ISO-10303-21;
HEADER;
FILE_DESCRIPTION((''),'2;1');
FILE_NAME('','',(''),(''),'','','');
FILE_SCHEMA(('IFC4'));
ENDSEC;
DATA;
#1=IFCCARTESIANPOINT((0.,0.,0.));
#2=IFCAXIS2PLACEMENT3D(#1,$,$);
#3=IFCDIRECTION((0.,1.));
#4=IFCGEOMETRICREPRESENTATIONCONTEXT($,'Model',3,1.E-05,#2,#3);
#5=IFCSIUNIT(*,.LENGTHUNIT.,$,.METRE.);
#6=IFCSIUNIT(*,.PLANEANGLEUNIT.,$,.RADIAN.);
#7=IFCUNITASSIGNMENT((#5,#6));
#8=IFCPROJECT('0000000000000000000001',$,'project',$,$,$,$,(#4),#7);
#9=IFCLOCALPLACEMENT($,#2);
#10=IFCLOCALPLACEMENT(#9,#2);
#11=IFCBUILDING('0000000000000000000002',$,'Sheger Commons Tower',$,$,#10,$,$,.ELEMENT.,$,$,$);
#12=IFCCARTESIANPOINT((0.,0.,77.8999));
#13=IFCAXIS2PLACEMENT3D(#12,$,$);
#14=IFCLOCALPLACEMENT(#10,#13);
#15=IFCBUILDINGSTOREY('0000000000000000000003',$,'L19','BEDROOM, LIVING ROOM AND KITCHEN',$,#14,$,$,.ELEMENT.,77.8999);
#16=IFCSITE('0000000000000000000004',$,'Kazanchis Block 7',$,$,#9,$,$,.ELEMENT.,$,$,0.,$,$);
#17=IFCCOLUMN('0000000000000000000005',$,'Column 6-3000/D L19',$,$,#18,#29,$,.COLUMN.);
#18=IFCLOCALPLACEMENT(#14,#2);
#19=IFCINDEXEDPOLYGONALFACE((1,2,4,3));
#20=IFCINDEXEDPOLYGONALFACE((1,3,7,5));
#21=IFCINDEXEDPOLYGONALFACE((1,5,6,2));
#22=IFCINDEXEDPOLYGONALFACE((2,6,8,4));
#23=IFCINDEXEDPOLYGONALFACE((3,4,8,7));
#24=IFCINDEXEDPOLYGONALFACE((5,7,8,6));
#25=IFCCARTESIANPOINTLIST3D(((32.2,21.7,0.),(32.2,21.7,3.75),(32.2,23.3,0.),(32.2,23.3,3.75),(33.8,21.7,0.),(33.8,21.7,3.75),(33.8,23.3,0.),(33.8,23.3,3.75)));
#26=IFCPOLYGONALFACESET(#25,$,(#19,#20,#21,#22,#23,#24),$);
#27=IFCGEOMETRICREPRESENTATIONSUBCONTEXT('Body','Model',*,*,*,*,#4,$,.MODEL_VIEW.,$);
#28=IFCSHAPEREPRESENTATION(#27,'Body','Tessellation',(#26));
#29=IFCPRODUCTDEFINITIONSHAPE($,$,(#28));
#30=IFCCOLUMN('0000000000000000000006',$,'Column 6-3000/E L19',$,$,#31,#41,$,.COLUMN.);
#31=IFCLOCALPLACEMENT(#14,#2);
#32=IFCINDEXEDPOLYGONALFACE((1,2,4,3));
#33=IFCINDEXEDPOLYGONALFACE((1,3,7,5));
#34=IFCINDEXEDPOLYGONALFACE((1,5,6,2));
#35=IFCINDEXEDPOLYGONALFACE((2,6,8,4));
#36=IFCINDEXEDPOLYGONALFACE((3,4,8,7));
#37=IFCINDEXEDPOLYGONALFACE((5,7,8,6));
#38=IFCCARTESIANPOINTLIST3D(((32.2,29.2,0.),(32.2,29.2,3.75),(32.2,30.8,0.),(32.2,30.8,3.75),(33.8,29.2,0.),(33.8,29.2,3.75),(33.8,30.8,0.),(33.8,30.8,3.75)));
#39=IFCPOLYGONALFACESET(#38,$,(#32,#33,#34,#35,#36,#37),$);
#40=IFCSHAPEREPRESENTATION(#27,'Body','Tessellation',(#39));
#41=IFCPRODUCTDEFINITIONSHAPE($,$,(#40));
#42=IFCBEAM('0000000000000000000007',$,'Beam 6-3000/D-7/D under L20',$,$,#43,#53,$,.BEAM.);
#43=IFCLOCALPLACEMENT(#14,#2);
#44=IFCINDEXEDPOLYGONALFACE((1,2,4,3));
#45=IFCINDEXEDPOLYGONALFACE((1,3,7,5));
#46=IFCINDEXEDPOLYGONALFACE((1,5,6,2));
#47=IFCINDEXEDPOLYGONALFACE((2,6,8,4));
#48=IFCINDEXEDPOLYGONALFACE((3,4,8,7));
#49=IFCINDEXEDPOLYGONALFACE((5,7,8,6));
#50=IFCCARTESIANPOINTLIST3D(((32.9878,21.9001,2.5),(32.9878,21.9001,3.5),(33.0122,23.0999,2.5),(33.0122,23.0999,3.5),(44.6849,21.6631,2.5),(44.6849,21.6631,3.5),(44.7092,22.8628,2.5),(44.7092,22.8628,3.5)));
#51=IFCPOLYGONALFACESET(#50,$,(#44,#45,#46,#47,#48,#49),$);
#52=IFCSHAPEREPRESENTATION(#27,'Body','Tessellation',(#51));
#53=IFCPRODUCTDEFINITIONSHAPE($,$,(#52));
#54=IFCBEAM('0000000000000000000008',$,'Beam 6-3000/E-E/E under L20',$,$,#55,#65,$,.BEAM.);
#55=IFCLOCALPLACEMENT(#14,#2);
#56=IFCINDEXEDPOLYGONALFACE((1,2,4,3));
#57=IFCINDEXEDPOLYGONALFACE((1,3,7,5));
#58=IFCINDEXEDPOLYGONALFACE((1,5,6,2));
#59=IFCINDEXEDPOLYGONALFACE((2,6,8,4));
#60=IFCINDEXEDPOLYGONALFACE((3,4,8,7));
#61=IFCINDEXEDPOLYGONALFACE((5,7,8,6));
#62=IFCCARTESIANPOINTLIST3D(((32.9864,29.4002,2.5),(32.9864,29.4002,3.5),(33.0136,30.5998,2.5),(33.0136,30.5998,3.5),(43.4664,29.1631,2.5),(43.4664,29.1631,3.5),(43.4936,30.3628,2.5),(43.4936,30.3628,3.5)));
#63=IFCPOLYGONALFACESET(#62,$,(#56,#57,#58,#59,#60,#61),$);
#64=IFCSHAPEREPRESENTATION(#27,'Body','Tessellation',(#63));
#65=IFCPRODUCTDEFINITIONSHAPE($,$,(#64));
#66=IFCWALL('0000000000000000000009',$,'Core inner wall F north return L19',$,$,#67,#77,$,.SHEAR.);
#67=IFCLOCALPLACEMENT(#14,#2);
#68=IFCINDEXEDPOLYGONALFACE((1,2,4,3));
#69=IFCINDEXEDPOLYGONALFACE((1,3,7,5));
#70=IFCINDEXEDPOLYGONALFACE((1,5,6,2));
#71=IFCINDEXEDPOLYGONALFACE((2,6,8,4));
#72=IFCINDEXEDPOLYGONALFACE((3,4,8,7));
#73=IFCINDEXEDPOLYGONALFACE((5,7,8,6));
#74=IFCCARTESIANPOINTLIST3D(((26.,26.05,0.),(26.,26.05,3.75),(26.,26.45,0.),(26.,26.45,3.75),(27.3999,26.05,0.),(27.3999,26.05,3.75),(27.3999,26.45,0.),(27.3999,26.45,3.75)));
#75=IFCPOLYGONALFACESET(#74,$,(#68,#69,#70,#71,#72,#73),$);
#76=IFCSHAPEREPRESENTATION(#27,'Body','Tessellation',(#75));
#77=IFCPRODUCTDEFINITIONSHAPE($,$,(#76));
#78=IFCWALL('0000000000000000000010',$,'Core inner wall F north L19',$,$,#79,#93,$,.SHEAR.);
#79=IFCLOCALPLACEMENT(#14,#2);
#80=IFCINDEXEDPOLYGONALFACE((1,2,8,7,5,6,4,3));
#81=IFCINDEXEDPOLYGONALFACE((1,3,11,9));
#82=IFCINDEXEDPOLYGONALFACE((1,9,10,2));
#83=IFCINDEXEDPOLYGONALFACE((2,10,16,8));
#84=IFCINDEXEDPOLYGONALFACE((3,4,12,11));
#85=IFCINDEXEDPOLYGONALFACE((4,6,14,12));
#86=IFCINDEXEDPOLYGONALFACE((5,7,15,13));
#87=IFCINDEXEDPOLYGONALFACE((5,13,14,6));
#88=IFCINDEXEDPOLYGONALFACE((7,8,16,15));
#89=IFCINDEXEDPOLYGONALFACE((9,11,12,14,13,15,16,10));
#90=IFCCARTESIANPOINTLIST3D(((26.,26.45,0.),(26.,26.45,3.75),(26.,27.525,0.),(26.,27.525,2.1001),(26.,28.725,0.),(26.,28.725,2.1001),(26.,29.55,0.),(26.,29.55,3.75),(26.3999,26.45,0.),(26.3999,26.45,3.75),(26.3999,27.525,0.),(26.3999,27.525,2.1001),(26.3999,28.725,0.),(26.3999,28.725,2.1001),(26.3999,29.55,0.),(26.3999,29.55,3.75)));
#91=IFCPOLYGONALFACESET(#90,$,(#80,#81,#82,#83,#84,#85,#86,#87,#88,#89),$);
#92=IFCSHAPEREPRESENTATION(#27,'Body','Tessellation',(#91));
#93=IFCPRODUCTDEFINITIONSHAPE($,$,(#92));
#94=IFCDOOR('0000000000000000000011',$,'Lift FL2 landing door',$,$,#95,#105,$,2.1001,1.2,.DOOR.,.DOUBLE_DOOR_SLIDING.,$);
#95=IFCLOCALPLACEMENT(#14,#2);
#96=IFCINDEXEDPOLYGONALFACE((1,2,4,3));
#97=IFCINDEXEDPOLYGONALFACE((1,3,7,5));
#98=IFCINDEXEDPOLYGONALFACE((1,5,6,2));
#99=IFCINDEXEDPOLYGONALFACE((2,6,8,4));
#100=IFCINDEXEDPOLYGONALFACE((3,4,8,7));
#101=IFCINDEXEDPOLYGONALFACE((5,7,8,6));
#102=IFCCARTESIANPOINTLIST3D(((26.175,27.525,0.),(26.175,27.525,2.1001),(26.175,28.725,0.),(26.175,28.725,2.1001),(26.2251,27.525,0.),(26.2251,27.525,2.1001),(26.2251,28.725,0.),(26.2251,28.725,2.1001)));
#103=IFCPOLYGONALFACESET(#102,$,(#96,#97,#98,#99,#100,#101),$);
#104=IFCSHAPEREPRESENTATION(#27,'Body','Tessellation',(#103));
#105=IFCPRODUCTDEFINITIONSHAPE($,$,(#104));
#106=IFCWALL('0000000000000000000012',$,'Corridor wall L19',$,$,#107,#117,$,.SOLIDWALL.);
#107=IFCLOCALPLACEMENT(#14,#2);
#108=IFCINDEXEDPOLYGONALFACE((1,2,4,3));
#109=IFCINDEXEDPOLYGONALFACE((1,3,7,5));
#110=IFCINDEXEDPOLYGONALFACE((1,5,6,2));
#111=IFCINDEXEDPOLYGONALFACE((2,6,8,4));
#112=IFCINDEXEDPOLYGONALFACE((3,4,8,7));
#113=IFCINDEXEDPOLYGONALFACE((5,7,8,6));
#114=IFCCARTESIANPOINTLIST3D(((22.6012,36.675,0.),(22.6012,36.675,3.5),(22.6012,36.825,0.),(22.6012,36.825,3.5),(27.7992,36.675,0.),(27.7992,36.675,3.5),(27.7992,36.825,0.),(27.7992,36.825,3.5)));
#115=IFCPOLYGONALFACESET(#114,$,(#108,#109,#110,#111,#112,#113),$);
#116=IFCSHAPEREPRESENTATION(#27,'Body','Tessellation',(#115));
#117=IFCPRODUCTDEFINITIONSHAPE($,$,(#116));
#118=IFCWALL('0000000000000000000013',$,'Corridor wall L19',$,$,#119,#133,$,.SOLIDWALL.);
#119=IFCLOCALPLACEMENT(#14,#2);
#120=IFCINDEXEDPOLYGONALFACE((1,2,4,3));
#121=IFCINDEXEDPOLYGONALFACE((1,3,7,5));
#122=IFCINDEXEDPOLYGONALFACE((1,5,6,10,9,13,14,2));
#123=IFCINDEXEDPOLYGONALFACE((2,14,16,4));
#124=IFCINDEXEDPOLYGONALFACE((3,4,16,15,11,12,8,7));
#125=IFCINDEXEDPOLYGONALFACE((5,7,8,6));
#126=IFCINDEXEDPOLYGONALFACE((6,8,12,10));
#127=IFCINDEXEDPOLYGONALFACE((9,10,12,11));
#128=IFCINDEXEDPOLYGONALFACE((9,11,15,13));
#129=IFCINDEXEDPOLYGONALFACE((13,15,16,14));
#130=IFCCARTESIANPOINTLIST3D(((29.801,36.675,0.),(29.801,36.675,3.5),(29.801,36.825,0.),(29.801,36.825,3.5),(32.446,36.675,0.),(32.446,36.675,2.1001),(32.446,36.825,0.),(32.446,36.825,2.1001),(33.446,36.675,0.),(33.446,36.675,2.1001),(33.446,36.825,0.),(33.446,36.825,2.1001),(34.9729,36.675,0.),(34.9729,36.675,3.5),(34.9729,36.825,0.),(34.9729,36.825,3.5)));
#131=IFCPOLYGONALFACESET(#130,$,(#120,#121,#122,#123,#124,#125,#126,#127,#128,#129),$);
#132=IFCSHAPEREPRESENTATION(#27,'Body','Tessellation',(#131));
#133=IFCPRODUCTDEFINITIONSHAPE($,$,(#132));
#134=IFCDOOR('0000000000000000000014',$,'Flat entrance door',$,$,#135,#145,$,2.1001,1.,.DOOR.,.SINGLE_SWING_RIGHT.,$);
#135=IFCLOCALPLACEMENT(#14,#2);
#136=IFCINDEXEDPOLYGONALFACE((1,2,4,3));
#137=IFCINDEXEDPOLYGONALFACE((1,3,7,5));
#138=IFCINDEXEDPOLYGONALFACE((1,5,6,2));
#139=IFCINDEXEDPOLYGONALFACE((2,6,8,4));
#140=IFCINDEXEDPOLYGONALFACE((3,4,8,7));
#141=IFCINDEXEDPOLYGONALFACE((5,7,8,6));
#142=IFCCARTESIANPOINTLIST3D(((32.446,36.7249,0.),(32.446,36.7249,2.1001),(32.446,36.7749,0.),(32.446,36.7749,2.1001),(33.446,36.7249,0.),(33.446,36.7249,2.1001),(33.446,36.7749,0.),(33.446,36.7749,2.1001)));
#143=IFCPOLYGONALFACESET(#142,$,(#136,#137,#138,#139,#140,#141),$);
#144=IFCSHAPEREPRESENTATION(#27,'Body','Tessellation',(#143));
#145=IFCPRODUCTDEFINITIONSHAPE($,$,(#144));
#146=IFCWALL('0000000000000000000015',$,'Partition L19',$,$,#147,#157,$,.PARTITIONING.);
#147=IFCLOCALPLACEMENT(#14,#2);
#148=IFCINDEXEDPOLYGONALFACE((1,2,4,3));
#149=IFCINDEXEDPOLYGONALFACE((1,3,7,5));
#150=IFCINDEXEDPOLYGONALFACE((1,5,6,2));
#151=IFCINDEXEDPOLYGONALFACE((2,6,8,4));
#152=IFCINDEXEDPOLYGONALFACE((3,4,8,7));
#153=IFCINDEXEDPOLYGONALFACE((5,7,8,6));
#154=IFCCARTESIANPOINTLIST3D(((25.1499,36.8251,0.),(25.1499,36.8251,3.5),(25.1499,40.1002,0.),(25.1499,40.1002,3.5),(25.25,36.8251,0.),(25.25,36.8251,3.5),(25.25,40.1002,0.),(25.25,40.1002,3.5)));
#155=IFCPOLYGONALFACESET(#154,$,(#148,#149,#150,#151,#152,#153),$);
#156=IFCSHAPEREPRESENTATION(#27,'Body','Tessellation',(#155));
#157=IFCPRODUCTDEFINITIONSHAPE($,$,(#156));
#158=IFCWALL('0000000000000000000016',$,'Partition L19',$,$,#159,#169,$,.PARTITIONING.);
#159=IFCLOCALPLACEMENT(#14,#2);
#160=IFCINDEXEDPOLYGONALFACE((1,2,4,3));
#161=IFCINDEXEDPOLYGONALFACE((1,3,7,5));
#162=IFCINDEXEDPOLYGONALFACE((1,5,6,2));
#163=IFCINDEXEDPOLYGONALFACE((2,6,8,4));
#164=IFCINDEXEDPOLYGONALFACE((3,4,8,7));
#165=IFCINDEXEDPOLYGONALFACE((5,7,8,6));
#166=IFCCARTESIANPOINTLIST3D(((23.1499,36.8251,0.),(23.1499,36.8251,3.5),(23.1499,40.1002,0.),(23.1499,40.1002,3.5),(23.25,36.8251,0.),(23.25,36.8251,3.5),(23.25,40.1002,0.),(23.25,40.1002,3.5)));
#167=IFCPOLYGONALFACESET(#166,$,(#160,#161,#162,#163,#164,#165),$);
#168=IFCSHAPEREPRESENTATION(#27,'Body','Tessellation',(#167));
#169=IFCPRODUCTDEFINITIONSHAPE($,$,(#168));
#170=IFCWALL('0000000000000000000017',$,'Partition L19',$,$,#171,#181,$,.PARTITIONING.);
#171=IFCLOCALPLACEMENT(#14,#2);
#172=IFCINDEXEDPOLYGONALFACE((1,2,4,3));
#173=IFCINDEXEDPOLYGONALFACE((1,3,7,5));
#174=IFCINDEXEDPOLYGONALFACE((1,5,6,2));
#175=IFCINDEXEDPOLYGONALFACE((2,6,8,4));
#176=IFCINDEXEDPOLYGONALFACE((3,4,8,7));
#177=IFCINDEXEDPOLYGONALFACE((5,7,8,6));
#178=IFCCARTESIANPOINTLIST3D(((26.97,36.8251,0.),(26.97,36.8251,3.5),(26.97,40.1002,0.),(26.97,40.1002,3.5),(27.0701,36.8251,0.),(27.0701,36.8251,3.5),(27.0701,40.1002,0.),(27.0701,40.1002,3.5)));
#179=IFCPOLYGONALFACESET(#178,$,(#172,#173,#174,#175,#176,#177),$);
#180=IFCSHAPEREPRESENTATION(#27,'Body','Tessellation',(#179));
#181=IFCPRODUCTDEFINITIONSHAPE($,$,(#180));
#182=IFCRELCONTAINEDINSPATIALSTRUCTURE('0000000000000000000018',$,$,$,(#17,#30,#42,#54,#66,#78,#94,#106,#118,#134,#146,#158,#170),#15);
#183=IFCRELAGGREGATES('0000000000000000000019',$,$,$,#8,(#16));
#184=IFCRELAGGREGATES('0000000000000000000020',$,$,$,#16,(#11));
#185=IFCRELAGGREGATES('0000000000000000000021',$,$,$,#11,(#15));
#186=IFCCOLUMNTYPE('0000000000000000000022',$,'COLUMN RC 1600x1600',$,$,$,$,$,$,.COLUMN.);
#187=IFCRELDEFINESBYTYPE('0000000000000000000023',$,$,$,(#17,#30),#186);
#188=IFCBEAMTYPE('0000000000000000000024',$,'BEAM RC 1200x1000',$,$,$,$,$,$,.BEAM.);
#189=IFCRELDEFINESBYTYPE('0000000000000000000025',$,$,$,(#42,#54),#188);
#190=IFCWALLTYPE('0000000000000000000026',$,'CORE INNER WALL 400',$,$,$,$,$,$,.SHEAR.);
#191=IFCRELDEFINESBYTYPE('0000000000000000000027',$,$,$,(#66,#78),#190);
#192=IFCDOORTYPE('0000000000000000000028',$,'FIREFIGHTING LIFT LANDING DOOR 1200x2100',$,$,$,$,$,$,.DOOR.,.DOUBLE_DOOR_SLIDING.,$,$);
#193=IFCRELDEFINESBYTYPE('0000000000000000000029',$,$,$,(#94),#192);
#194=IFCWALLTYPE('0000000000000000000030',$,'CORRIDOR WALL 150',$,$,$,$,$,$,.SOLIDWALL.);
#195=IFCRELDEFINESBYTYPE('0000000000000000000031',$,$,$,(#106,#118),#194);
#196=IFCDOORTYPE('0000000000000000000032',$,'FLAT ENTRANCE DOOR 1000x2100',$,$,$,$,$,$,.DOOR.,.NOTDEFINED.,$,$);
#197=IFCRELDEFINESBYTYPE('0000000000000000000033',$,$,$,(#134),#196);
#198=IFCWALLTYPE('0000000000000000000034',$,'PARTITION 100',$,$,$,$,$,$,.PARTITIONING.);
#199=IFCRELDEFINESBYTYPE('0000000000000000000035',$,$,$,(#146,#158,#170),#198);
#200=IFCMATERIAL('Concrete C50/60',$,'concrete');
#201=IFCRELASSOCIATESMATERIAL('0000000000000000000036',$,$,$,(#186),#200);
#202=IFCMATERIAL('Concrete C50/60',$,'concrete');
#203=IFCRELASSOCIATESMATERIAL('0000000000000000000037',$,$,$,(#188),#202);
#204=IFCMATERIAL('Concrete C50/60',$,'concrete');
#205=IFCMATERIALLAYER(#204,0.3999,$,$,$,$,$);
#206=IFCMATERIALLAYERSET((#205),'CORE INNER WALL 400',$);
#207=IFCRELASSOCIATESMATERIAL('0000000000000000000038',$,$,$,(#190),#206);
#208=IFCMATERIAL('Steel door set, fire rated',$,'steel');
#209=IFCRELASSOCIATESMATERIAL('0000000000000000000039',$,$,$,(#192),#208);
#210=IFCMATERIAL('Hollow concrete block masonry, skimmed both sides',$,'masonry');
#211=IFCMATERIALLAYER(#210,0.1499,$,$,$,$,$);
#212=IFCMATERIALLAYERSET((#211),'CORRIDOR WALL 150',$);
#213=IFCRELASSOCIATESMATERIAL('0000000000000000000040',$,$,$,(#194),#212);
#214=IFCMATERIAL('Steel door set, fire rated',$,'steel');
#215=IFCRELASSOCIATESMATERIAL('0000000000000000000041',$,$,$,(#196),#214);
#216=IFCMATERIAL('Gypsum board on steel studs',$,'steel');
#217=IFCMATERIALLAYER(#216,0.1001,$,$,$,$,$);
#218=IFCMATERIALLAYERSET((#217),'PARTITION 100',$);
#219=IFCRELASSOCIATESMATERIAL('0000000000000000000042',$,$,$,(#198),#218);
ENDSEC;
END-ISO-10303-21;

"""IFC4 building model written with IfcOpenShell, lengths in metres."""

from ifc_helpers import new_model, si_unit, direction, frame, frame_2d, origin, origin_2d, place, context, subcontext, project, spatial, rectangle, extrude, material, layer, layer_set, material_profile, profile_set, type_object, element, fill, save


model = new_model("IFC4")

# Units and contexts
model_context = context("Model", 3, precision=1e-05, world=origin(), true_north=direction((0.0, 1.0)))
body_context = subcontext(model_context, "Body", "Model", "MODEL_VIEW")
ifc_project = project(units=[si_unit("LENGTHUNIT", "METRE"), si_unit("PLANEANGLEUNIT", "RADIAN")], contexts=[model_context])

# Site, building, storey
site_placement = place(None, origin())
site = spatial("IfcSite", under=ifc_project, at=site_placement, Name="Kazanchis Block 7", CompositionType="ELEMENT", RefElevation=0.0)
building_placement = place(site_placement, origin())
building = spatial("IfcBuilding", under=site, at=building_placement, Name="Sheger Commons Tower", CompositionType="ELEMENT")
storey_placement = place(building_placement, frame((0.0, 0.0, 77.8999)))
storey = spatial("IfcBuildingStorey", under=building, at=storey_placement, Name="L19", Description="BEDROOM, LIVING ROOM AND KITCHEN", CompositionType="ELEMENT", Elevation=77.8999)

# Columns
ifc_material_1 = material(Name="Concrete C50/60", Category="concrete")
ifc_material_profile_1 = material_profile(ifc_material_1, rectangle(XDim=1.6001, YDim=1.6001, at=origin_2d()), Name="RC 1600x1600")
ifc_profile_set_1 = profile_set([ifc_material_profile_1], Name="Concrete C50/60")
column_type = type_object("IfcColumnType", Name="COLUMN RC 1600x1600", PredefinedType="COLUMN", material=ifc_profile_set_1)
for number, where, z_axis, x_axis, name in (
    (1, (33.0, 22.5, 0.0), (0.0, 0.0, 1.0), (1.0, 0.0, 0.0), "Column 6-3000/D L19"),
    (2, (33.0, 30.0, 0.0), (0.0, 0.0, 1.0), (1.0, 0.0, 0.0), "Column 6-3000/E L19"),
):
    element("IfcColumn", number, at=place(storey_placement, frame(where, z_axis=z_axis, x_axis=x_axis)), inside=storey, type_object=column_type, Name=name, PredefinedType="COLUMN", context=body_context, shape_type="SweptSolid", body=[
        extrude(rectangle(XDim=1.6001, YDim=1.6001, at=origin_2d()), origin(), (0.0, 0.0, 1.0), 3.75),
    ])

# Beams
ifc_material_2 = material(Name="Concrete C50/60", Category="concrete")
ifc_material_profile_2 = material_profile(ifc_material_2, rectangle(XDim=1.2, YDim=1.0, at=origin_2d()), Name="RC 1200x1000")
ifc_profile_set_2 = profile_set([ifc_material_profile_2], Name="Concrete C50/60")
beam_type = type_object("IfcBeamType", Name="BEAM RC 1200x1000", PredefinedType="BEAM", material=ifc_profile_set_2)
beam_1_placement = place(storey_placement, frame((33.0, 22.5, 3.0), z_axis=(0.999795, -0.020263, 0.0), x_axis=(0.020263, 0.999795, 0.0)))
element("IfcBeam", 3, at=beam_1_placement, inside=storey, type_object=beam_type, Name="Beam 6-3000/D-7/D under L20", PredefinedType="BEAM", context=body_context, shape_type="SweptSolid", body=[
    extrude(rectangle(XDim=1.2, YDim=1.0, at=origin_2d()), origin(), (0.0, 0.0, 1.0), 11.6995),
])
beam_2_placement = place(storey_placement, frame((33.0, 30.0, 3.0), z_axis=(0.999744, -0.022615, 0.0), x_axis=(0.022615, 0.999744, 0.0)))
element("IfcBeam", 4, at=beam_2_placement, inside=storey, type_object=beam_type, Name="Beam 6-3000/E-E/E under L20", PredefinedType="BEAM", context=body_context, shape_type="SweptSolid", body=[
    extrude(rectangle(XDim=1.2, YDim=1.0, at=origin_2d()), origin(), (0.0, 0.0, 1.0), 10.4827),
])

# Wall
ifc_material_3 = material(Name="Concrete C50/60", Category="concrete")
ifc_layer_1 = layer(ifc_material_3, 0.3999)
ifc_layer_set_1 = layer_set([ifc_layer_1], Name="CORE INNER WALL 400")
wall_type_1 = type_object("IfcWallType", Name="CORE INNER WALL 400", PredefinedType="SHEAR", material=ifc_layer_set_1)
wall_1_placement = place(storey_placement, frame((26.0, 26.25, 0.0), z_axis=(0.0, 0.0, 1.0), x_axis=(1.0, 0.0, 0.0)))
element("IfcWall", 5, at=wall_1_placement, inside=storey, type_object=wall_type_1, Name="Core inner wall F north return L19", PredefinedType="SHEAR", context=body_context, shape_type="SweptSolid", body=[
    extrude(rectangle(XDim=1.3999, YDim=0.3999, at=frame_2d((0.7, 0.0))), origin(), (0.0, 0.0, 1.0), 3.75),
])

# Wall, opening, door
wall_2_placement = place(storey_placement, frame((26.2, 26.45, 0.0), z_axis=(0.0, 0.0, 1.0), x_axis=(0.0, 1.0, 0.0)))
wall_2 = element("IfcWall", 6, at=wall_2_placement, inside=storey, type_object=wall_type_1, Name="Core inner wall F north L19", PredefinedType="SHEAR", context=body_context, shape_type="SweptSolid", body=[
    extrude(rectangle(XDim=3.1001, YDim=0.3999, at=frame_2d((1.55, 0.0))), origin(), (0.0, 0.0, 1.0), 3.75),
])
opening_1_placement = place(wall_2_placement, frame((1.075, 0.0, 0.0)))
opening_1 = element("IfcOpeningElement", 7, at=opening_1_placement, cuts=wall_2, PredefinedType="OPENING", context=body_context, shape_type="SweptSolid", body=[
    extrude(rectangle(XDim=1.2, YDim=2.1001, at=frame_2d((0.6001, 1.05))), frame((0.0, 0.21, 0.0), z_axis=(0.0, -1.0, 0.0), x_axis=(1.0, 0.0, 0.0)), (0.0, 0.0, 1.0), 0.4199),
])
ifc_material_4 = material(Name="Steel door set, fire rated", Category="steel")
door_type_1 = type_object("IfcDoorType", Name="FIREFIGHTING LIFT LANDING DOOR 1200x2100", OperationType="DOUBLE_DOOR_SLIDING", PredefinedType="DOOR", material=ifc_material_4)
door_1_placement = place(opening_1_placement, origin())
door_1 = element("IfcDoor", 8, at=door_1_placement, inside=storey, type_object=door_type_1, Name="Lift FL2 landing door", OperationType="DOUBLE_DOOR_SLIDING", OverallHeight=2.1001, OverallWidth=1.2, PredefinedType="DOOR", context=body_context, shape_type="SweptSolid", body=[
    extrude(rectangle(XDim=1.2, YDim=2.1001, at=frame_2d((0.6001, 1.05))), frame((0.0, 0.0249, 0.0), z_axis=(0.0, -1.0, 0.0), x_axis=(1.0, 0.0, 0.0)), (0.0, 0.0, 1.0), 0.05),
])
fill(opening_1, door_1)

# Wall
ifc_material_5 = material(Name="Hollow concrete block masonry, skimmed both sides", Category="masonry")
ifc_layer_2 = layer(ifc_material_5, 0.1499)
ifc_layer_set_2 = layer_set([ifc_layer_2], Name="CORRIDOR WALL 150")
wall_type_2 = type_object("IfcWallType", Name="CORRIDOR WALL 150", PredefinedType="SOLIDWALL", material=ifc_layer_set_2)
wall_3_placement = place(storey_placement, frame((22.6011, 36.75, 0.0), z_axis=(0.0, 0.0, 1.0), x_axis=(1.0, 0.0, 0.0)))
element("IfcWall", 9, at=wall_3_placement, inside=storey, type_object=wall_type_2, Name="Corridor wall L19", PredefinedType="SOLIDWALL", context=body_context, shape_type="SweptSolid", body=[
    extrude(rectangle(XDim=5.198, YDim=0.1499, at=frame_2d((2.5991, 0.0))), origin(), (0.0, 0.0, 1.0), 3.5),
])

# Wall, opening, door
wall_4_placement = place(storey_placement, frame((29.801, 36.75, 0.0), z_axis=(0.0, 0.0, 1.0), x_axis=(1.0, 0.0, 0.0)))
wall_4 = element("IfcWall", 10, at=wall_4_placement, inside=storey, type_object=wall_type_2, Name="Corridor wall L19", PredefinedType="SOLIDWALL", context=body_context, shape_type="SweptSolid", body=[
    extrude(rectangle(XDim=5.1719, YDim=0.1499, at=frame_2d((2.5859, 0.0))), origin(), (0.0, 0.0, 1.0), 3.5),
])
opening_2_placement = place(wall_4_placement, frame((2.645, 0.0, 0.0)))
opening_2 = element("IfcOpeningElement", 11, at=opening_2_placement, cuts=wall_4, PredefinedType="OPENING", context=body_context, shape_type="SweptSolid", body=[
    extrude(rectangle(XDim=1.0, YDim=2.1001, at=frame_2d((0.5, 1.05))), frame((0.0, 0.085, 0.0), z_axis=(0.0, -1.0, 0.0), x_axis=(1.0, 0.0, 0.0)), (0.0, 0.0, 1.0), 0.1699),
])
ifc_material_6 = material(Name="Steel door set, fire rated", Category="steel")
door_type_2 = type_object("IfcDoorType", Name="FLAT ENTRANCE DOOR 1000x2100", OperationType="NOTDEFINED", PredefinedType="DOOR", material=ifc_material_6)
door_2_placement = place(opening_2_placement, origin())
door_2 = element("IfcDoor", 12, at=door_2_placement, inside=storey, type_object=door_type_2, Name="Flat entrance door", OperationType="SINGLE_SWING_RIGHT", OverallHeight=2.1001, OverallWidth=1.0, PredefinedType="DOOR", context=body_context, shape_type="SweptSolid", body=[
    extrude(rectangle(XDim=1.0, YDim=2.1001, at=frame_2d((0.5, 1.05))), frame((0.0, 0.0249, 0.0), z_axis=(0.0, -1.0, 0.0), x_axis=(1.0, 0.0, 0.0)), (0.0, 0.0, 1.0), 0.05),
])
fill(opening_2, door_2)

# Walls
ifc_material_7 = material(Name="Gypsum board on steel studs", Category="steel")
ifc_layer_3 = layer(ifc_material_7, 0.1001)
ifc_layer_set_3 = layer_set([ifc_layer_3], Name="PARTITION 100")
wall_type_3 = type_object("IfcWallType", Name="PARTITION 100", PredefinedType="PARTITIONING", material=ifc_layer_set_3)
for number, where, z_axis, x_axis, name in (
    (13, (25.2, 36.825, 0.0), (0.0, 0.0, 1.0), (0.0, 1.0, 0.0), "Partition L19"),
    (14, (23.2, 36.825, 0.0), (0.0, 0.0, 1.0), (0.0, 1.0, 0.0), "Partition L19"),
    (15, (27.02, 36.825, 0.0), (0.0, 0.0, 1.0), (0.0, 1.0, 0.0), "Partition L19"),
):
    element("IfcWall", number, at=place(storey_placement, frame(where, z_axis=z_axis, x_axis=x_axis)), inside=storey, type_object=wall_type_3, Name=name, PredefinedType="PARTITIONING", context=body_context, shape_type="SweptSolid", body=[
        extrude(rectangle(XDim=3.2751, YDim=0.1001, at=frame_2d((1.6377, 0.0))), origin(), (0.0, 0.0, 1.0), 3.5),
    ])

save(model, "model.ifc")
